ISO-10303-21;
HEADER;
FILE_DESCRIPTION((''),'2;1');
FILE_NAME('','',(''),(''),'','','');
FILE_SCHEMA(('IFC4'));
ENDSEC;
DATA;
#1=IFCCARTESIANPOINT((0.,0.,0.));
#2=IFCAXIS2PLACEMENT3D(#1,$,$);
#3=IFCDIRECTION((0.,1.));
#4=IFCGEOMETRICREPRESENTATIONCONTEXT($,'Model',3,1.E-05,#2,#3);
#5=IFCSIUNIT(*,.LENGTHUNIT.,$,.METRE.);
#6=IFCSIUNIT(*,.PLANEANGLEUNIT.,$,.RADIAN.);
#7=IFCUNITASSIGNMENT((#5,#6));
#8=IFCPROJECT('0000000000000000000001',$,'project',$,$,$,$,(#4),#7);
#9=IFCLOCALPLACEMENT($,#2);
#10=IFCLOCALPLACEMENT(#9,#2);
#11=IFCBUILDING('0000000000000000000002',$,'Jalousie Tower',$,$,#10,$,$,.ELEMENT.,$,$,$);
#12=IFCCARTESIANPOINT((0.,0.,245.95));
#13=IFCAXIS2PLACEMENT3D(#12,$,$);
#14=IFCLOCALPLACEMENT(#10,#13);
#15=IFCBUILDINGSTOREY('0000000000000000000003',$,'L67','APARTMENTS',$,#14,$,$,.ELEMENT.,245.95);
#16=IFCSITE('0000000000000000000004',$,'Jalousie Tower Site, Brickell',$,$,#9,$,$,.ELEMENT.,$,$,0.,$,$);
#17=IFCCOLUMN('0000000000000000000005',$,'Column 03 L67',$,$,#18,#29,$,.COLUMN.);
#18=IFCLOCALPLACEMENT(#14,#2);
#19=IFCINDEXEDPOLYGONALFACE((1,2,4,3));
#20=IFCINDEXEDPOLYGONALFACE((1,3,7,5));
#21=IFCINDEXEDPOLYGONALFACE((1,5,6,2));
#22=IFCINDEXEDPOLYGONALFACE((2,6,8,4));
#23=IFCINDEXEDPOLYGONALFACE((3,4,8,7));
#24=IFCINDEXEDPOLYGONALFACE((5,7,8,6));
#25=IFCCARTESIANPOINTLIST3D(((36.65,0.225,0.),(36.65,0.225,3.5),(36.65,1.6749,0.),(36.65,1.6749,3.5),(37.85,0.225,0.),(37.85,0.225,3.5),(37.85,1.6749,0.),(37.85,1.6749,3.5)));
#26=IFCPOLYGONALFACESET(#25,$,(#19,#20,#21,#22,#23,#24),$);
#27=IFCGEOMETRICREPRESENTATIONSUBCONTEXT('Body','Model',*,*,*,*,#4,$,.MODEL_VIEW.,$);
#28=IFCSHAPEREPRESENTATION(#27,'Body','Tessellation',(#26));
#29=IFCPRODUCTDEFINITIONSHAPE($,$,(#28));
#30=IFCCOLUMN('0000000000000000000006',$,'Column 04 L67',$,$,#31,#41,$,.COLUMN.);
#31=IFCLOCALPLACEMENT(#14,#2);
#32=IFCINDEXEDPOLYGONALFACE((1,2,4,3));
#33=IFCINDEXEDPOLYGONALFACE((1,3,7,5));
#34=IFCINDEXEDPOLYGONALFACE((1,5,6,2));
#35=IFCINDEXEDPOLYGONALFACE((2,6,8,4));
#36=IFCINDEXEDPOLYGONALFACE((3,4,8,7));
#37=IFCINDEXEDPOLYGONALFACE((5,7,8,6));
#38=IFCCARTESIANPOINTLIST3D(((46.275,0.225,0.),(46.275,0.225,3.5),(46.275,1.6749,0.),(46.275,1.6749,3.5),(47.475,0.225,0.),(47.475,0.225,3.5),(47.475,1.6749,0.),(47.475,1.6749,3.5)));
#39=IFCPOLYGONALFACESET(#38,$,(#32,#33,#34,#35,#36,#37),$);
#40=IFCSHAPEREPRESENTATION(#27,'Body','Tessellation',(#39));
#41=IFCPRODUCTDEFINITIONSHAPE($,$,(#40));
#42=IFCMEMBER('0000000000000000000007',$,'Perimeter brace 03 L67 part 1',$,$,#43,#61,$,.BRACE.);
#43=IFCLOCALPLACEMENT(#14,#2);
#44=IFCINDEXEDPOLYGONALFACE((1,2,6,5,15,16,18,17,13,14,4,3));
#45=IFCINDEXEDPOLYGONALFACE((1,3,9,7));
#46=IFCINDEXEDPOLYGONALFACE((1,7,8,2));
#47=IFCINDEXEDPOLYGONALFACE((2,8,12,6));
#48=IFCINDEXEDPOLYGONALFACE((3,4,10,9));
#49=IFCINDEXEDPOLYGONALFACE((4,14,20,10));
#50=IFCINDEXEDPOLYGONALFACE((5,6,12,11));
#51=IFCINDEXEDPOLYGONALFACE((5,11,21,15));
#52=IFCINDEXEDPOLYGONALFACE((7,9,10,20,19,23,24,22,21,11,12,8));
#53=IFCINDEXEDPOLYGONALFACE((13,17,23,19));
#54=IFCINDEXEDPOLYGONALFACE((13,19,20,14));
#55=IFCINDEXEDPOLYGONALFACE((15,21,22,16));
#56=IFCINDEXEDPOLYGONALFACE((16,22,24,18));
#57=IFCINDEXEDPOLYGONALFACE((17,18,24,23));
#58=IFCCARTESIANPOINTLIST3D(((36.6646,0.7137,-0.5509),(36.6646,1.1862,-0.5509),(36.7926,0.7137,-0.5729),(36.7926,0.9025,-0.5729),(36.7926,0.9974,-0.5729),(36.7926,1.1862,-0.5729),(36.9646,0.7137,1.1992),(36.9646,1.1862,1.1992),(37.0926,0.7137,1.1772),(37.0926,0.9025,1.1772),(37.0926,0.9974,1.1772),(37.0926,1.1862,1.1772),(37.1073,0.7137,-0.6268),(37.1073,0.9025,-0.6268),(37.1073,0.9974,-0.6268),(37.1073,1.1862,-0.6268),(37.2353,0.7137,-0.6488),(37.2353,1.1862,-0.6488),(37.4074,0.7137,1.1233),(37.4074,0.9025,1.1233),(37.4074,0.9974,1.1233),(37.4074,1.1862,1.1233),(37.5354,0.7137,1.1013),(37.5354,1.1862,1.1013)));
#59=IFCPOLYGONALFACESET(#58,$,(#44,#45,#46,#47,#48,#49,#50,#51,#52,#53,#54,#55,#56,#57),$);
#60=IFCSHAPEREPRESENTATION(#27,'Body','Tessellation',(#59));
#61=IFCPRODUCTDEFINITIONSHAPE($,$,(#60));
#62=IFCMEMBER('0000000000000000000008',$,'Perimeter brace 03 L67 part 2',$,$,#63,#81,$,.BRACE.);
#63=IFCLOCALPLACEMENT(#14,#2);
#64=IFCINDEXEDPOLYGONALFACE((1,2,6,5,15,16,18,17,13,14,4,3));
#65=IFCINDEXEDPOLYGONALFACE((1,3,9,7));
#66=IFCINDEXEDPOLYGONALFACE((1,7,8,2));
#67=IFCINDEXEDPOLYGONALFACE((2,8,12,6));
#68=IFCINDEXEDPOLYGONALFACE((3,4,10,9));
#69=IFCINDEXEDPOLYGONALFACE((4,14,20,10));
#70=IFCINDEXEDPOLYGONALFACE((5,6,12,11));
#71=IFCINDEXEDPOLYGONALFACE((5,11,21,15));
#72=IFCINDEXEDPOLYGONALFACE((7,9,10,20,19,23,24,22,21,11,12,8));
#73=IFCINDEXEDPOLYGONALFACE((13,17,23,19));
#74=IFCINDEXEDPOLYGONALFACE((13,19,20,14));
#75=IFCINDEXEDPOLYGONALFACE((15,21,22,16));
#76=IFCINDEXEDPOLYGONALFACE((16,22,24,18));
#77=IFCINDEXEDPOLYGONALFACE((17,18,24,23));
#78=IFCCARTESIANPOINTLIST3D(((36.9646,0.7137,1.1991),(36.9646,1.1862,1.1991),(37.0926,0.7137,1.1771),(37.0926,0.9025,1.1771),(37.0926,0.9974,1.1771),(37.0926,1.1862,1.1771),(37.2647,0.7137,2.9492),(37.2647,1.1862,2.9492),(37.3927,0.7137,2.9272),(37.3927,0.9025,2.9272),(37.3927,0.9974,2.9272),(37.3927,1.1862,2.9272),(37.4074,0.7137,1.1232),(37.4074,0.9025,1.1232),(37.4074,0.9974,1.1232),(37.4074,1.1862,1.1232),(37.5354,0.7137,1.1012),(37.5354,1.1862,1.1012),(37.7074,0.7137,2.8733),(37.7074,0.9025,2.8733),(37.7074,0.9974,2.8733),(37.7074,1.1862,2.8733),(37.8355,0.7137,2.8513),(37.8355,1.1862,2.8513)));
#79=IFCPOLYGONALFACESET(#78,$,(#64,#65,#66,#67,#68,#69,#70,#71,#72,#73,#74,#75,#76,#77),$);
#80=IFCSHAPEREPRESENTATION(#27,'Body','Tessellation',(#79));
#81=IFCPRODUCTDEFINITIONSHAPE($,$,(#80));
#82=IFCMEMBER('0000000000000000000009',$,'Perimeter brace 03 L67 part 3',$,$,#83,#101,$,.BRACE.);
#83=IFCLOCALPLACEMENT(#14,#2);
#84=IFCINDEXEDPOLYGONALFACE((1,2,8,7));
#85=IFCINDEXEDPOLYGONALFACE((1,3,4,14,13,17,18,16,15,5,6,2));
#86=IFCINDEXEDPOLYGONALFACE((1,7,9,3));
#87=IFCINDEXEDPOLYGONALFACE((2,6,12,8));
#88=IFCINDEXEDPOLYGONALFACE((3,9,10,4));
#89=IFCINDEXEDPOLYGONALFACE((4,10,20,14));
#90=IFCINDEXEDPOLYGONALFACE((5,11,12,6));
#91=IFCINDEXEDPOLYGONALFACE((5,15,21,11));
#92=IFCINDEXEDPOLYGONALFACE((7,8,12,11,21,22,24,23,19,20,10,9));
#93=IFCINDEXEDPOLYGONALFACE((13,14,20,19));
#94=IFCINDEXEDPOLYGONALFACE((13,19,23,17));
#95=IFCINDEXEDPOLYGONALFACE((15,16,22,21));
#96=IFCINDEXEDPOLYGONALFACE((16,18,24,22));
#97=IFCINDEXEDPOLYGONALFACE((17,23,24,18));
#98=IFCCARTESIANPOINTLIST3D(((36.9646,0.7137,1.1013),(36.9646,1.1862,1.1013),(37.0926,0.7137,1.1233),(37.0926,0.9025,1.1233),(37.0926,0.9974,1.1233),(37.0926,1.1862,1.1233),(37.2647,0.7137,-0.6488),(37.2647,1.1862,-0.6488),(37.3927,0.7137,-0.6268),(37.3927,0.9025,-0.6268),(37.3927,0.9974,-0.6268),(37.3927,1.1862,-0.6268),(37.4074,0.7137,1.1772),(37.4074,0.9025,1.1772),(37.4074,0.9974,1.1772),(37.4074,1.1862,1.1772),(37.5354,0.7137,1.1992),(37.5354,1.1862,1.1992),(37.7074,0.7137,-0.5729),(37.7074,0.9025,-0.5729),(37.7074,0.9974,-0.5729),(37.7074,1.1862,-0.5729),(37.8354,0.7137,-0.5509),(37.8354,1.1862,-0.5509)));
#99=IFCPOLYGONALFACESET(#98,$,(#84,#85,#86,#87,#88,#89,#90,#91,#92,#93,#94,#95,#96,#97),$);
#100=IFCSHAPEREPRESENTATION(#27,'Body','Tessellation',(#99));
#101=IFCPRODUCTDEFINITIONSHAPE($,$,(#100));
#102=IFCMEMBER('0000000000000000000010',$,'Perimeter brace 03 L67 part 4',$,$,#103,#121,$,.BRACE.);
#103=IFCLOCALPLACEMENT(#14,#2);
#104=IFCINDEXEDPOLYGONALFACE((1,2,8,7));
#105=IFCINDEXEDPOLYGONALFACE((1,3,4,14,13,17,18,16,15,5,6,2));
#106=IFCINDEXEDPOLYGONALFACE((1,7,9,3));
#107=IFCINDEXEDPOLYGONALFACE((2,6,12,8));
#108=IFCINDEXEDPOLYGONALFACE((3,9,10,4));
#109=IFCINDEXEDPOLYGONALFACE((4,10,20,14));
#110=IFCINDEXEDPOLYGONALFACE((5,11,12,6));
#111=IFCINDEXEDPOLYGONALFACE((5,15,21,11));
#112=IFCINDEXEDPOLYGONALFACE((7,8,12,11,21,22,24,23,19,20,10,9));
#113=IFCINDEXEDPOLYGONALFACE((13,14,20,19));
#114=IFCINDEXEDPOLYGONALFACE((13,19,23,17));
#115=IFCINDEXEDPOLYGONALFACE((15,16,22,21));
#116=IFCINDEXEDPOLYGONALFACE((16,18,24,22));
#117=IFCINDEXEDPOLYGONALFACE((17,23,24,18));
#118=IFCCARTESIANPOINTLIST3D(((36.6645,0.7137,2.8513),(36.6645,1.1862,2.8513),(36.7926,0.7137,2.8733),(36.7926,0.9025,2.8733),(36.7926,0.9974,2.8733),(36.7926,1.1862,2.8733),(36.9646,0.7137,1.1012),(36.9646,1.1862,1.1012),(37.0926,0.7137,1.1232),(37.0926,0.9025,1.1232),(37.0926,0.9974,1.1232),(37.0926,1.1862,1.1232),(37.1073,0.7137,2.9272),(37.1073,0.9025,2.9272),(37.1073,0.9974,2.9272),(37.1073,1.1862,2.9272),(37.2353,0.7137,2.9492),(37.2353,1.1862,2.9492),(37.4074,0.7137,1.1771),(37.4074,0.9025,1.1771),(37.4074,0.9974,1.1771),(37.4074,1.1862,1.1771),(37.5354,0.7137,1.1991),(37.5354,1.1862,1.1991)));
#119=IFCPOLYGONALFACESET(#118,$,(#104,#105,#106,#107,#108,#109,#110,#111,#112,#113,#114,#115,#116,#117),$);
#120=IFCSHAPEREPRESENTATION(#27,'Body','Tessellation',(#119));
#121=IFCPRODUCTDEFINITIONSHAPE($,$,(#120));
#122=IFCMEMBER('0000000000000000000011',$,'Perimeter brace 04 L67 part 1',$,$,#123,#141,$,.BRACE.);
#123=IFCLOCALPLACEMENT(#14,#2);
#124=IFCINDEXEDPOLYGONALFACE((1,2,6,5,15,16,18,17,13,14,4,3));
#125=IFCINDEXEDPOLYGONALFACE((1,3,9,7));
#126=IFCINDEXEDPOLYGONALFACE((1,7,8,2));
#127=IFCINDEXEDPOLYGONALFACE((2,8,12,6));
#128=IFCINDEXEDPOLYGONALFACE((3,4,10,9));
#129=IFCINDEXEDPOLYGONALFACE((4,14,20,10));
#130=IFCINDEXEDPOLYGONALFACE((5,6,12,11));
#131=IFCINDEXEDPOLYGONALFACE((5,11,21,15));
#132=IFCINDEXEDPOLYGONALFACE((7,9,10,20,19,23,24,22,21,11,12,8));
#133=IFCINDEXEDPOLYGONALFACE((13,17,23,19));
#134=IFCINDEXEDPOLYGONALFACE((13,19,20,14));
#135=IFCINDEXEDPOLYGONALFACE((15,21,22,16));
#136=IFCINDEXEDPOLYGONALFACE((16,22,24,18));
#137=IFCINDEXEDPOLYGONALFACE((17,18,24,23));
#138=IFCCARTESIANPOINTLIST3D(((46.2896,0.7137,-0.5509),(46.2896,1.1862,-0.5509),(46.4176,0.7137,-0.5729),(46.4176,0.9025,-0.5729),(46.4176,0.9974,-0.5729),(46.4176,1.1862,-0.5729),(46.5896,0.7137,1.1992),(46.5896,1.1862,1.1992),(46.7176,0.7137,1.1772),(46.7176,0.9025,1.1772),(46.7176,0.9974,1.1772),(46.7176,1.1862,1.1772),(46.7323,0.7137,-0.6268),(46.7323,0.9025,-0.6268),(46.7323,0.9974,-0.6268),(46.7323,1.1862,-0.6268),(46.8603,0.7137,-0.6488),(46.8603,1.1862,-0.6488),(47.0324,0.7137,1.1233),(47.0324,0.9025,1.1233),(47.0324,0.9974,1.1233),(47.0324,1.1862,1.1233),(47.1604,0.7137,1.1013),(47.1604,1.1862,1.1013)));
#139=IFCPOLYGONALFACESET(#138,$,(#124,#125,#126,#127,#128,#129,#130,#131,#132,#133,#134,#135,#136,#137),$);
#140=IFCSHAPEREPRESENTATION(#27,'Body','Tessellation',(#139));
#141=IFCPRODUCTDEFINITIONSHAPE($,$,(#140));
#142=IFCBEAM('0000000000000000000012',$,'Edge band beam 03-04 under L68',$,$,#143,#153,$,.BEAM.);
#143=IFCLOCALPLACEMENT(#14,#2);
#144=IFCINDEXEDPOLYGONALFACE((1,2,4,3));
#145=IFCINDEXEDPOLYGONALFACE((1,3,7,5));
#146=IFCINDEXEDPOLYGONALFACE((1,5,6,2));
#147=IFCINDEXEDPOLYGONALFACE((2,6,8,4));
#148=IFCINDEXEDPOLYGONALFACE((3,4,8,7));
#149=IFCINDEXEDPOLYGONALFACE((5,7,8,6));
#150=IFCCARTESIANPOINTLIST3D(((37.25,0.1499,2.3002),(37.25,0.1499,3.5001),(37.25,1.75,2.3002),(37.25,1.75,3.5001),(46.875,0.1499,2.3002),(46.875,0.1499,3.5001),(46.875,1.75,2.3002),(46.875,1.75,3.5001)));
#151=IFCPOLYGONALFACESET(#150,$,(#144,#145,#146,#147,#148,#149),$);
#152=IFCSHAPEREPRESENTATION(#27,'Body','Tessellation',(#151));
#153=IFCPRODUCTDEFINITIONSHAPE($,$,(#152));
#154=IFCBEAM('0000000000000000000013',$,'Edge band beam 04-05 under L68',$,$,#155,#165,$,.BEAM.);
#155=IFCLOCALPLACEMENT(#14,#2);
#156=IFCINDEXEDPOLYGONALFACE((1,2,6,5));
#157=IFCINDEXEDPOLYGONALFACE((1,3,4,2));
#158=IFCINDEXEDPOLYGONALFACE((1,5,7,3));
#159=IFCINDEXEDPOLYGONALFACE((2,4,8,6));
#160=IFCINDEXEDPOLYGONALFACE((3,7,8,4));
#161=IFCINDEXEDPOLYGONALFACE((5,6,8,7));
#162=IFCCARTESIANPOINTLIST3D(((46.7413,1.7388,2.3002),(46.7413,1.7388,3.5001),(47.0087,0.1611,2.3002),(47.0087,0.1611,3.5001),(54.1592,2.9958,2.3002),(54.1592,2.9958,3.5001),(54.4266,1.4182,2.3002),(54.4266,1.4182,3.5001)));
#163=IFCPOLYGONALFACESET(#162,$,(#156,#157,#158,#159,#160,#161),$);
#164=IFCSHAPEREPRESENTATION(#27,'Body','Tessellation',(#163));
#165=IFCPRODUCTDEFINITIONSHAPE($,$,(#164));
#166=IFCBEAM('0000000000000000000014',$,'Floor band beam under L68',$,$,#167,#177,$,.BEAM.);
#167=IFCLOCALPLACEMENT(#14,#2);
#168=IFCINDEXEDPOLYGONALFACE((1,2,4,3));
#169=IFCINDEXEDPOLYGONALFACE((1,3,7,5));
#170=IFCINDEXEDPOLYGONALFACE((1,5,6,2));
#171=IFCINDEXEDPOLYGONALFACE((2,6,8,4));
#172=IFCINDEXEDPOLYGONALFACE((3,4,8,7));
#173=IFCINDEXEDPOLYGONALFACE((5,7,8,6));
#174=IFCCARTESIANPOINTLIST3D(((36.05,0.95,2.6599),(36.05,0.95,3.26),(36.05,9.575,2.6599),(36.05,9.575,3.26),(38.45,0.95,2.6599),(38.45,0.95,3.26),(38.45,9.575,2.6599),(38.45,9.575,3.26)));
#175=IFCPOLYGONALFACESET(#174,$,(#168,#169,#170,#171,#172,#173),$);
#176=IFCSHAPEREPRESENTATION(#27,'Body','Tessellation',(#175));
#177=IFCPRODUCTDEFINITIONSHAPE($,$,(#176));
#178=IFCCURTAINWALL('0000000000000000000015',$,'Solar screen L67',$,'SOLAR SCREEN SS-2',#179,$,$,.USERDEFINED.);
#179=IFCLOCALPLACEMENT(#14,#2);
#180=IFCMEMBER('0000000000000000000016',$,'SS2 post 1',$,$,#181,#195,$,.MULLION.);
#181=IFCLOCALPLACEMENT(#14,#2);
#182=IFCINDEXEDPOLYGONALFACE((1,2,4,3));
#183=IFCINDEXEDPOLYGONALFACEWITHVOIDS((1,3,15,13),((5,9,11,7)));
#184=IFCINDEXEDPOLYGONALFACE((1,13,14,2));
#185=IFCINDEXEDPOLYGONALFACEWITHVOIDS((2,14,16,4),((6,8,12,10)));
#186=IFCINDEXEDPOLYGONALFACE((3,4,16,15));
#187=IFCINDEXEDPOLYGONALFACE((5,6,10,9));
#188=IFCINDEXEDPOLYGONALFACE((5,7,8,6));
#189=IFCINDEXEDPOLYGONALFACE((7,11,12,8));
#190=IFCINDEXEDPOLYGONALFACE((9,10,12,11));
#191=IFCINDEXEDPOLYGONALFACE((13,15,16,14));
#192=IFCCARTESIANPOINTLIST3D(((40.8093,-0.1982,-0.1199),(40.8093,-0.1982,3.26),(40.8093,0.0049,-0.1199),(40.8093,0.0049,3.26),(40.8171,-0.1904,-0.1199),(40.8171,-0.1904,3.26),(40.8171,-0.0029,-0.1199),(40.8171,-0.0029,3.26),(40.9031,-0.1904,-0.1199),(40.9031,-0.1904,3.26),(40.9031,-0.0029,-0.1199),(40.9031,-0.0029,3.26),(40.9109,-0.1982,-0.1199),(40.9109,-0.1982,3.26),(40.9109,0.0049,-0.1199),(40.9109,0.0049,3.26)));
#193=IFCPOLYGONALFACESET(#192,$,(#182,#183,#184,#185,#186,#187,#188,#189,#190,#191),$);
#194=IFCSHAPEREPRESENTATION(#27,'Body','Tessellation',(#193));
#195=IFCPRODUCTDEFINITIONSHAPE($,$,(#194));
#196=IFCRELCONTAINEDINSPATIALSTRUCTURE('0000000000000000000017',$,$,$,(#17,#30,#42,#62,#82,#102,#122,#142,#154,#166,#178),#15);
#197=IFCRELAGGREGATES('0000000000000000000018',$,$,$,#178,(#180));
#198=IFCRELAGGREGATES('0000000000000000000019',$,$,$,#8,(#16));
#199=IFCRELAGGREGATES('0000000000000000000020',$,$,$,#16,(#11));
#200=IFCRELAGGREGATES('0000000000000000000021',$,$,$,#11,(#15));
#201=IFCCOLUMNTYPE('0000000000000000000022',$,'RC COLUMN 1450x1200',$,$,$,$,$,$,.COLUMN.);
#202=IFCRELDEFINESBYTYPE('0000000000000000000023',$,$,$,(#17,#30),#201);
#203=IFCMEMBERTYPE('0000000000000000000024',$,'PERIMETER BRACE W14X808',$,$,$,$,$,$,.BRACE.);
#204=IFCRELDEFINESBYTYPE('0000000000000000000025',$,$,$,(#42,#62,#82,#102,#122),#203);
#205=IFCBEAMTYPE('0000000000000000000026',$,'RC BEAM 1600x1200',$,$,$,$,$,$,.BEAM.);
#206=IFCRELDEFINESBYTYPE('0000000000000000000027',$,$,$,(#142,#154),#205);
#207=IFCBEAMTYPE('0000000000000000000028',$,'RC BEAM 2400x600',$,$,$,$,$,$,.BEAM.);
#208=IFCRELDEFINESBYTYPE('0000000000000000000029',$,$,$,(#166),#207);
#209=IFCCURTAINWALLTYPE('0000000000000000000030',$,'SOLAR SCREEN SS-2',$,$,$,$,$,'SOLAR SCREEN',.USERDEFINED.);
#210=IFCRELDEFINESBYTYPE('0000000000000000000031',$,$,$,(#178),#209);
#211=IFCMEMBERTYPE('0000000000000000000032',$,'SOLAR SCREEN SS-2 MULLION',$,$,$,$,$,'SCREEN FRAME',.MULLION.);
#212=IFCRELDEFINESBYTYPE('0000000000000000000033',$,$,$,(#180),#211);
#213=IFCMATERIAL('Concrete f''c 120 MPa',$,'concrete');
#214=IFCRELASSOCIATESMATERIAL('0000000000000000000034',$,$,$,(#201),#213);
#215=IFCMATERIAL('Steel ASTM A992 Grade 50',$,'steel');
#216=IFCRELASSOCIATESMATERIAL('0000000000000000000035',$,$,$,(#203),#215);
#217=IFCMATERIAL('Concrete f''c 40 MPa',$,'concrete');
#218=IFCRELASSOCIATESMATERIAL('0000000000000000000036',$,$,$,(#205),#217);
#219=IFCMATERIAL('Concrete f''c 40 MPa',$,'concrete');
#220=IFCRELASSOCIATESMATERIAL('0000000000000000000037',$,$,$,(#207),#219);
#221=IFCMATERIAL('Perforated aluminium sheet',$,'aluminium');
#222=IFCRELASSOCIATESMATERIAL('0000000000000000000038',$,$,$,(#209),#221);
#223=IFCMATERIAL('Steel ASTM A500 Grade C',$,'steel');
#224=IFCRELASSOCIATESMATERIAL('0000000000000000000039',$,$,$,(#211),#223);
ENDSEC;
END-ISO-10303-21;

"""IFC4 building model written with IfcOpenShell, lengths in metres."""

from ifc_helpers import new_model, si_unit, direction, frame, origin, origin_2d, place, context, subcontext, project, spatial, rectangle, hollow_rectangle, i_section, extrude, material, material_profile, profile_set, type_object, element, aggregate, save


model = new_model("IFC4")

# Units and contexts
model_context = context("Model", 3, precision=1e-05, world=origin(), true_north=direction((0.0, 1.0)))
body_context = subcontext(model_context, "Body", "Model", "MODEL_VIEW")
ifc_project = project(units=[si_unit("LENGTHUNIT", "METRE"), si_unit("PLANEANGLEUNIT", "RADIAN")], contexts=[model_context])

# Site, building, storey
site_placement = place(None, origin())
site = spatial("IfcSite", under=ifc_project, at=site_placement, Name="Jalousie Tower Site, Brickell", CompositionType="ELEMENT", RefElevation=0.0)
building_placement = place(site_placement, origin())
building = spatial("IfcBuilding", under=site, at=building_placement, Name="Jalousie Tower", CompositionType="ELEMENT")
storey_placement = place(building_placement, frame((0.0, 0.0, 245.95)))
storey = spatial("IfcBuildingStorey", under=building, at=storey_placement, Name="L67", Description="APARTMENTS", CompositionType="ELEMENT", Elevation=245.95)

# Columns
ifc_material_1 = material(Name="Concrete f'c 120 MPa", Category="concrete")
ifc_material_profile_1 = material_profile(ifc_material_1, rectangle(XDim=1.45, YDim=1.2, at=origin_2d()), Name="RC 1450x1200")
ifc_profile_set_1 = profile_set([ifc_material_profile_1], Name="Concrete f'c 120 MPa")
column_type = type_object("IfcColumnType", Name="RC COLUMN 1450x1200", PredefinedType="COLUMN", material=ifc_profile_set_1)
for number, where, z_axis, x_axis, name in (
    (1, (37.25, 0.95, 0.0), (0.0, 0.0, 1.0), (0.0, 1.0, 0.0), "Column 03 L67"),
    (2, (46.875, 0.95, 0.0), (0.0, 0.0, 1.0), (0.0, 1.0, 0.0), "Column 04 L67"),
):
    element("IfcColumn", number, at=place(storey_placement, frame(where, z_axis=z_axis, x_axis=x_axis)), inside=storey, type_object=column_type, Name=name, PredefinedType="COLUMN", context=body_context, shape_type="SweptSolid", body=[
        extrude(rectangle(XDim=1.45, YDim=1.2, at=origin_2d()), origin(), (0.0, 0.0, 1.0), 3.5),
    ])

# Members
ifc_material_2 = material(Name="Steel ASTM A992 Grade 50", Category="steel")
ifc_material_profile_2 = material_profile(ifc_material_2, i_section(OverallWidth=0.4724, OverallDepth=0.5791, WebThickness=0.095, FlangeThickness=0.1299, at=origin_2d()), Name="W14X808")
ifc_profile_set_2 = profile_set([ifc_material_profile_2], Name="Steel ASTM A992 Grade 50")
member_type_1 = type_object("IfcMemberType", Name="PERIMETER BRACE W14X808", PredefinedType="BRACE", material=ifc_profile_set_2)
for number, where, z_axis, x_axis, name in (
    (3, (36.95, 0.95, -0.5999), (0.168991, 0.0, 0.985618), (0.0, 1.0, 0.0), "Perimeter brace 03 L67 part 1"),
    (4, (37.25, 0.95, 1.1501), (0.168991, 0.0, 0.985618), (0.0, 1.0, 0.0), "Perimeter brace 03 L67 part 2"),
    (5, (37.55, 0.95, -0.5999), (-0.168991, 0.0, 0.985618), (0.0, -1.0, 0.0), "Perimeter brace 03 L67 part 3"),
    (6, (37.25, 0.95, 1.1501), (-0.168991, 0.0, 0.985618), (0.0, -1.0, 0.0), "Perimeter brace 03 L67 part 4"),
    (7, (46.575, 0.95, -0.5999), (0.168991, 0.0, 0.985618), (0.0, 1.0, 0.0), "Perimeter brace 04 L67 part 1"),
):
    element("IfcMember", number, at=place(storey_placement, frame(where, z_axis=z_axis, x_axis=x_axis)), inside=storey, type_object=member_type_1, Name=name, PredefinedType="BRACE", context=body_context, shape_type="SweptSolid", body=[
        extrude(i_section(OverallWidth=0.4724, OverallDepth=0.5791, WebThickness=0.095, FlangeThickness=0.1299, at=origin_2d()), origin(), (0.0, 0.0, 1.0), 1.7756),
    ])

# Beams
ifc_material_3 = material(Name="Concrete f'c 40 MPa", Category="concrete")
ifc_material_profile_3 = material_profile(ifc_material_3, rectangle(XDim=1.6001, YDim=1.2, at=origin_2d()), Name="RC 1600x1200")
ifc_profile_set_3 = profile_set([ifc_material_profile_3], Name="Concrete f'c 40 MPa")
beam_type_1 = type_object("IfcBeamType", Name="RC BEAM 1600x1200", PredefinedType="BEAM", material=ifc_profile_set_3)
beam_1_placement = place(storey_placement, frame((37.25, 0.95, 2.9001), z_axis=(1.0, 0.0, 0.0), x_axis=(0.0, 1.0, 0.0)))
element("IfcBeam", 8, at=beam_1_placement, inside=storey, type_object=beam_type_1, Name="Edge band beam 03-04 under L68", PredefinedType="BEAM", context=body_context, shape_type="SweptSolid", body=[
    extrude(rectangle(XDim=1.6001, YDim=1.2, at=origin_2d()), origin(), (0.0, 0.0, 1.0), 9.625),
])
beam_2_placement = place(storey_placement, frame((46.875, 0.95, 2.9001), z_axis=(0.985943, 0.167082, 0.0), x_axis=(-0.167082, 0.985943, 0.0)))
element("IfcBeam", 9, at=beam_2_placement, inside=storey, type_object=beam_type_1, Name="Edge band beam 04-05 under L68", PredefinedType="BEAM", context=body_context, shape_type="SweptSolid", body=[
    extrude(rectangle(XDim=1.6001, YDim=1.2, at=origin_2d()), origin(), (0.0, 0.0, 1.0), 7.5237),
])
ifc_material_4 = material(Name="Concrete f'c 40 MPa", Category="concrete")
ifc_material_profile_4 = material_profile(ifc_material_4, rectangle(XDim=2.3999, YDim=0.6001, at=origin_2d()), Name="RC 2400x600")
ifc_profile_set_4 = profile_set([ifc_material_profile_4], Name="Concrete f'c 40 MPa")
beam_type_2 = type_object("IfcBeamType", Name="RC BEAM 2400x600", PredefinedType="BEAM", material=ifc_profile_set_4)
beam_3_placement = place(storey_placement, frame((37.25, 0.95, 2.96), z_axis=(0.0, 1.0, 0.0), x_axis=(-1.0, 0.0, 0.0)))
element("IfcBeam", 10, at=beam_3_placement, inside=storey, type_object=beam_type_2, Name="Floor band beam under L68", PredefinedType="BEAM", context=body_context, shape_type="SweptSolid", body=[
    extrude(rectangle(XDim=2.3999, YDim=0.6001, at=origin_2d()), origin(), (0.0, 0.0, 1.0), 8.625),
])

# Curtain wall, member
ifc_material_5 = material(Name="Perforated aluminium sheet", Category="aluminium")
curtain_wall_type = type_object("IfcCurtainWallType", Name="SOLAR SCREEN SS-2", ElementType="SOLAR SCREEN", PredefinedType="USERDEFINED", material=ifc_material_5)
curtain_wall_1_placement = place(storey_placement, origin())
curtain_wall_1 = element("IfcCurtainWall", 11, at=curtain_wall_1_placement, inside=storey, type_object=curtain_wall_type, Name="Solar screen L67", ObjectType="SOLAR SCREEN SS-2", PredefinedType="USERDEFINED")
ifc_material_6 = material(Name="Steel ASTM A500 Grade C", Category="steel")
ifc_material_profile_5 = material_profile(ifc_material_6, hollow_rectangle(XDim=0.1016, YDim=0.2031, WallThickness=0.0078, at=origin_2d()), Name="HSS8X4X5/16")
ifc_profile_set_5 = profile_set([ifc_material_profile_5], Name="Steel ASTM A500 Grade C")
member_type_2 = type_object("IfcMemberType", Name="SOLAR SCREEN SS-2 MULLION", ElementType="SCREEN FRAME", PredefinedType="MULLION", material=ifc_profile_set_5)
member_1_placement = place(storey_placement, frame((40.8601, -0.0967, -0.1199), z_axis=(0.0, 0.0, 1.0), x_axis=(1.0, 0.0, 0.0)))
member_1 = element("IfcMember", 12, at=member_1_placement, type_object=member_type_2, Name="SS2 post 1", PredefinedType="MULLION", context=body_context, shape_type="SweptSolid", body=[
    extrude(hollow_rectangle(XDim=0.1016, YDim=0.2031, WallThickness=0.0078, at=origin_2d()), origin(), (0.0, 0.0, 1.0), 3.3799),
])

aggregate(curtain_wall_1, [member_1])

save(model, "model.ifc")
